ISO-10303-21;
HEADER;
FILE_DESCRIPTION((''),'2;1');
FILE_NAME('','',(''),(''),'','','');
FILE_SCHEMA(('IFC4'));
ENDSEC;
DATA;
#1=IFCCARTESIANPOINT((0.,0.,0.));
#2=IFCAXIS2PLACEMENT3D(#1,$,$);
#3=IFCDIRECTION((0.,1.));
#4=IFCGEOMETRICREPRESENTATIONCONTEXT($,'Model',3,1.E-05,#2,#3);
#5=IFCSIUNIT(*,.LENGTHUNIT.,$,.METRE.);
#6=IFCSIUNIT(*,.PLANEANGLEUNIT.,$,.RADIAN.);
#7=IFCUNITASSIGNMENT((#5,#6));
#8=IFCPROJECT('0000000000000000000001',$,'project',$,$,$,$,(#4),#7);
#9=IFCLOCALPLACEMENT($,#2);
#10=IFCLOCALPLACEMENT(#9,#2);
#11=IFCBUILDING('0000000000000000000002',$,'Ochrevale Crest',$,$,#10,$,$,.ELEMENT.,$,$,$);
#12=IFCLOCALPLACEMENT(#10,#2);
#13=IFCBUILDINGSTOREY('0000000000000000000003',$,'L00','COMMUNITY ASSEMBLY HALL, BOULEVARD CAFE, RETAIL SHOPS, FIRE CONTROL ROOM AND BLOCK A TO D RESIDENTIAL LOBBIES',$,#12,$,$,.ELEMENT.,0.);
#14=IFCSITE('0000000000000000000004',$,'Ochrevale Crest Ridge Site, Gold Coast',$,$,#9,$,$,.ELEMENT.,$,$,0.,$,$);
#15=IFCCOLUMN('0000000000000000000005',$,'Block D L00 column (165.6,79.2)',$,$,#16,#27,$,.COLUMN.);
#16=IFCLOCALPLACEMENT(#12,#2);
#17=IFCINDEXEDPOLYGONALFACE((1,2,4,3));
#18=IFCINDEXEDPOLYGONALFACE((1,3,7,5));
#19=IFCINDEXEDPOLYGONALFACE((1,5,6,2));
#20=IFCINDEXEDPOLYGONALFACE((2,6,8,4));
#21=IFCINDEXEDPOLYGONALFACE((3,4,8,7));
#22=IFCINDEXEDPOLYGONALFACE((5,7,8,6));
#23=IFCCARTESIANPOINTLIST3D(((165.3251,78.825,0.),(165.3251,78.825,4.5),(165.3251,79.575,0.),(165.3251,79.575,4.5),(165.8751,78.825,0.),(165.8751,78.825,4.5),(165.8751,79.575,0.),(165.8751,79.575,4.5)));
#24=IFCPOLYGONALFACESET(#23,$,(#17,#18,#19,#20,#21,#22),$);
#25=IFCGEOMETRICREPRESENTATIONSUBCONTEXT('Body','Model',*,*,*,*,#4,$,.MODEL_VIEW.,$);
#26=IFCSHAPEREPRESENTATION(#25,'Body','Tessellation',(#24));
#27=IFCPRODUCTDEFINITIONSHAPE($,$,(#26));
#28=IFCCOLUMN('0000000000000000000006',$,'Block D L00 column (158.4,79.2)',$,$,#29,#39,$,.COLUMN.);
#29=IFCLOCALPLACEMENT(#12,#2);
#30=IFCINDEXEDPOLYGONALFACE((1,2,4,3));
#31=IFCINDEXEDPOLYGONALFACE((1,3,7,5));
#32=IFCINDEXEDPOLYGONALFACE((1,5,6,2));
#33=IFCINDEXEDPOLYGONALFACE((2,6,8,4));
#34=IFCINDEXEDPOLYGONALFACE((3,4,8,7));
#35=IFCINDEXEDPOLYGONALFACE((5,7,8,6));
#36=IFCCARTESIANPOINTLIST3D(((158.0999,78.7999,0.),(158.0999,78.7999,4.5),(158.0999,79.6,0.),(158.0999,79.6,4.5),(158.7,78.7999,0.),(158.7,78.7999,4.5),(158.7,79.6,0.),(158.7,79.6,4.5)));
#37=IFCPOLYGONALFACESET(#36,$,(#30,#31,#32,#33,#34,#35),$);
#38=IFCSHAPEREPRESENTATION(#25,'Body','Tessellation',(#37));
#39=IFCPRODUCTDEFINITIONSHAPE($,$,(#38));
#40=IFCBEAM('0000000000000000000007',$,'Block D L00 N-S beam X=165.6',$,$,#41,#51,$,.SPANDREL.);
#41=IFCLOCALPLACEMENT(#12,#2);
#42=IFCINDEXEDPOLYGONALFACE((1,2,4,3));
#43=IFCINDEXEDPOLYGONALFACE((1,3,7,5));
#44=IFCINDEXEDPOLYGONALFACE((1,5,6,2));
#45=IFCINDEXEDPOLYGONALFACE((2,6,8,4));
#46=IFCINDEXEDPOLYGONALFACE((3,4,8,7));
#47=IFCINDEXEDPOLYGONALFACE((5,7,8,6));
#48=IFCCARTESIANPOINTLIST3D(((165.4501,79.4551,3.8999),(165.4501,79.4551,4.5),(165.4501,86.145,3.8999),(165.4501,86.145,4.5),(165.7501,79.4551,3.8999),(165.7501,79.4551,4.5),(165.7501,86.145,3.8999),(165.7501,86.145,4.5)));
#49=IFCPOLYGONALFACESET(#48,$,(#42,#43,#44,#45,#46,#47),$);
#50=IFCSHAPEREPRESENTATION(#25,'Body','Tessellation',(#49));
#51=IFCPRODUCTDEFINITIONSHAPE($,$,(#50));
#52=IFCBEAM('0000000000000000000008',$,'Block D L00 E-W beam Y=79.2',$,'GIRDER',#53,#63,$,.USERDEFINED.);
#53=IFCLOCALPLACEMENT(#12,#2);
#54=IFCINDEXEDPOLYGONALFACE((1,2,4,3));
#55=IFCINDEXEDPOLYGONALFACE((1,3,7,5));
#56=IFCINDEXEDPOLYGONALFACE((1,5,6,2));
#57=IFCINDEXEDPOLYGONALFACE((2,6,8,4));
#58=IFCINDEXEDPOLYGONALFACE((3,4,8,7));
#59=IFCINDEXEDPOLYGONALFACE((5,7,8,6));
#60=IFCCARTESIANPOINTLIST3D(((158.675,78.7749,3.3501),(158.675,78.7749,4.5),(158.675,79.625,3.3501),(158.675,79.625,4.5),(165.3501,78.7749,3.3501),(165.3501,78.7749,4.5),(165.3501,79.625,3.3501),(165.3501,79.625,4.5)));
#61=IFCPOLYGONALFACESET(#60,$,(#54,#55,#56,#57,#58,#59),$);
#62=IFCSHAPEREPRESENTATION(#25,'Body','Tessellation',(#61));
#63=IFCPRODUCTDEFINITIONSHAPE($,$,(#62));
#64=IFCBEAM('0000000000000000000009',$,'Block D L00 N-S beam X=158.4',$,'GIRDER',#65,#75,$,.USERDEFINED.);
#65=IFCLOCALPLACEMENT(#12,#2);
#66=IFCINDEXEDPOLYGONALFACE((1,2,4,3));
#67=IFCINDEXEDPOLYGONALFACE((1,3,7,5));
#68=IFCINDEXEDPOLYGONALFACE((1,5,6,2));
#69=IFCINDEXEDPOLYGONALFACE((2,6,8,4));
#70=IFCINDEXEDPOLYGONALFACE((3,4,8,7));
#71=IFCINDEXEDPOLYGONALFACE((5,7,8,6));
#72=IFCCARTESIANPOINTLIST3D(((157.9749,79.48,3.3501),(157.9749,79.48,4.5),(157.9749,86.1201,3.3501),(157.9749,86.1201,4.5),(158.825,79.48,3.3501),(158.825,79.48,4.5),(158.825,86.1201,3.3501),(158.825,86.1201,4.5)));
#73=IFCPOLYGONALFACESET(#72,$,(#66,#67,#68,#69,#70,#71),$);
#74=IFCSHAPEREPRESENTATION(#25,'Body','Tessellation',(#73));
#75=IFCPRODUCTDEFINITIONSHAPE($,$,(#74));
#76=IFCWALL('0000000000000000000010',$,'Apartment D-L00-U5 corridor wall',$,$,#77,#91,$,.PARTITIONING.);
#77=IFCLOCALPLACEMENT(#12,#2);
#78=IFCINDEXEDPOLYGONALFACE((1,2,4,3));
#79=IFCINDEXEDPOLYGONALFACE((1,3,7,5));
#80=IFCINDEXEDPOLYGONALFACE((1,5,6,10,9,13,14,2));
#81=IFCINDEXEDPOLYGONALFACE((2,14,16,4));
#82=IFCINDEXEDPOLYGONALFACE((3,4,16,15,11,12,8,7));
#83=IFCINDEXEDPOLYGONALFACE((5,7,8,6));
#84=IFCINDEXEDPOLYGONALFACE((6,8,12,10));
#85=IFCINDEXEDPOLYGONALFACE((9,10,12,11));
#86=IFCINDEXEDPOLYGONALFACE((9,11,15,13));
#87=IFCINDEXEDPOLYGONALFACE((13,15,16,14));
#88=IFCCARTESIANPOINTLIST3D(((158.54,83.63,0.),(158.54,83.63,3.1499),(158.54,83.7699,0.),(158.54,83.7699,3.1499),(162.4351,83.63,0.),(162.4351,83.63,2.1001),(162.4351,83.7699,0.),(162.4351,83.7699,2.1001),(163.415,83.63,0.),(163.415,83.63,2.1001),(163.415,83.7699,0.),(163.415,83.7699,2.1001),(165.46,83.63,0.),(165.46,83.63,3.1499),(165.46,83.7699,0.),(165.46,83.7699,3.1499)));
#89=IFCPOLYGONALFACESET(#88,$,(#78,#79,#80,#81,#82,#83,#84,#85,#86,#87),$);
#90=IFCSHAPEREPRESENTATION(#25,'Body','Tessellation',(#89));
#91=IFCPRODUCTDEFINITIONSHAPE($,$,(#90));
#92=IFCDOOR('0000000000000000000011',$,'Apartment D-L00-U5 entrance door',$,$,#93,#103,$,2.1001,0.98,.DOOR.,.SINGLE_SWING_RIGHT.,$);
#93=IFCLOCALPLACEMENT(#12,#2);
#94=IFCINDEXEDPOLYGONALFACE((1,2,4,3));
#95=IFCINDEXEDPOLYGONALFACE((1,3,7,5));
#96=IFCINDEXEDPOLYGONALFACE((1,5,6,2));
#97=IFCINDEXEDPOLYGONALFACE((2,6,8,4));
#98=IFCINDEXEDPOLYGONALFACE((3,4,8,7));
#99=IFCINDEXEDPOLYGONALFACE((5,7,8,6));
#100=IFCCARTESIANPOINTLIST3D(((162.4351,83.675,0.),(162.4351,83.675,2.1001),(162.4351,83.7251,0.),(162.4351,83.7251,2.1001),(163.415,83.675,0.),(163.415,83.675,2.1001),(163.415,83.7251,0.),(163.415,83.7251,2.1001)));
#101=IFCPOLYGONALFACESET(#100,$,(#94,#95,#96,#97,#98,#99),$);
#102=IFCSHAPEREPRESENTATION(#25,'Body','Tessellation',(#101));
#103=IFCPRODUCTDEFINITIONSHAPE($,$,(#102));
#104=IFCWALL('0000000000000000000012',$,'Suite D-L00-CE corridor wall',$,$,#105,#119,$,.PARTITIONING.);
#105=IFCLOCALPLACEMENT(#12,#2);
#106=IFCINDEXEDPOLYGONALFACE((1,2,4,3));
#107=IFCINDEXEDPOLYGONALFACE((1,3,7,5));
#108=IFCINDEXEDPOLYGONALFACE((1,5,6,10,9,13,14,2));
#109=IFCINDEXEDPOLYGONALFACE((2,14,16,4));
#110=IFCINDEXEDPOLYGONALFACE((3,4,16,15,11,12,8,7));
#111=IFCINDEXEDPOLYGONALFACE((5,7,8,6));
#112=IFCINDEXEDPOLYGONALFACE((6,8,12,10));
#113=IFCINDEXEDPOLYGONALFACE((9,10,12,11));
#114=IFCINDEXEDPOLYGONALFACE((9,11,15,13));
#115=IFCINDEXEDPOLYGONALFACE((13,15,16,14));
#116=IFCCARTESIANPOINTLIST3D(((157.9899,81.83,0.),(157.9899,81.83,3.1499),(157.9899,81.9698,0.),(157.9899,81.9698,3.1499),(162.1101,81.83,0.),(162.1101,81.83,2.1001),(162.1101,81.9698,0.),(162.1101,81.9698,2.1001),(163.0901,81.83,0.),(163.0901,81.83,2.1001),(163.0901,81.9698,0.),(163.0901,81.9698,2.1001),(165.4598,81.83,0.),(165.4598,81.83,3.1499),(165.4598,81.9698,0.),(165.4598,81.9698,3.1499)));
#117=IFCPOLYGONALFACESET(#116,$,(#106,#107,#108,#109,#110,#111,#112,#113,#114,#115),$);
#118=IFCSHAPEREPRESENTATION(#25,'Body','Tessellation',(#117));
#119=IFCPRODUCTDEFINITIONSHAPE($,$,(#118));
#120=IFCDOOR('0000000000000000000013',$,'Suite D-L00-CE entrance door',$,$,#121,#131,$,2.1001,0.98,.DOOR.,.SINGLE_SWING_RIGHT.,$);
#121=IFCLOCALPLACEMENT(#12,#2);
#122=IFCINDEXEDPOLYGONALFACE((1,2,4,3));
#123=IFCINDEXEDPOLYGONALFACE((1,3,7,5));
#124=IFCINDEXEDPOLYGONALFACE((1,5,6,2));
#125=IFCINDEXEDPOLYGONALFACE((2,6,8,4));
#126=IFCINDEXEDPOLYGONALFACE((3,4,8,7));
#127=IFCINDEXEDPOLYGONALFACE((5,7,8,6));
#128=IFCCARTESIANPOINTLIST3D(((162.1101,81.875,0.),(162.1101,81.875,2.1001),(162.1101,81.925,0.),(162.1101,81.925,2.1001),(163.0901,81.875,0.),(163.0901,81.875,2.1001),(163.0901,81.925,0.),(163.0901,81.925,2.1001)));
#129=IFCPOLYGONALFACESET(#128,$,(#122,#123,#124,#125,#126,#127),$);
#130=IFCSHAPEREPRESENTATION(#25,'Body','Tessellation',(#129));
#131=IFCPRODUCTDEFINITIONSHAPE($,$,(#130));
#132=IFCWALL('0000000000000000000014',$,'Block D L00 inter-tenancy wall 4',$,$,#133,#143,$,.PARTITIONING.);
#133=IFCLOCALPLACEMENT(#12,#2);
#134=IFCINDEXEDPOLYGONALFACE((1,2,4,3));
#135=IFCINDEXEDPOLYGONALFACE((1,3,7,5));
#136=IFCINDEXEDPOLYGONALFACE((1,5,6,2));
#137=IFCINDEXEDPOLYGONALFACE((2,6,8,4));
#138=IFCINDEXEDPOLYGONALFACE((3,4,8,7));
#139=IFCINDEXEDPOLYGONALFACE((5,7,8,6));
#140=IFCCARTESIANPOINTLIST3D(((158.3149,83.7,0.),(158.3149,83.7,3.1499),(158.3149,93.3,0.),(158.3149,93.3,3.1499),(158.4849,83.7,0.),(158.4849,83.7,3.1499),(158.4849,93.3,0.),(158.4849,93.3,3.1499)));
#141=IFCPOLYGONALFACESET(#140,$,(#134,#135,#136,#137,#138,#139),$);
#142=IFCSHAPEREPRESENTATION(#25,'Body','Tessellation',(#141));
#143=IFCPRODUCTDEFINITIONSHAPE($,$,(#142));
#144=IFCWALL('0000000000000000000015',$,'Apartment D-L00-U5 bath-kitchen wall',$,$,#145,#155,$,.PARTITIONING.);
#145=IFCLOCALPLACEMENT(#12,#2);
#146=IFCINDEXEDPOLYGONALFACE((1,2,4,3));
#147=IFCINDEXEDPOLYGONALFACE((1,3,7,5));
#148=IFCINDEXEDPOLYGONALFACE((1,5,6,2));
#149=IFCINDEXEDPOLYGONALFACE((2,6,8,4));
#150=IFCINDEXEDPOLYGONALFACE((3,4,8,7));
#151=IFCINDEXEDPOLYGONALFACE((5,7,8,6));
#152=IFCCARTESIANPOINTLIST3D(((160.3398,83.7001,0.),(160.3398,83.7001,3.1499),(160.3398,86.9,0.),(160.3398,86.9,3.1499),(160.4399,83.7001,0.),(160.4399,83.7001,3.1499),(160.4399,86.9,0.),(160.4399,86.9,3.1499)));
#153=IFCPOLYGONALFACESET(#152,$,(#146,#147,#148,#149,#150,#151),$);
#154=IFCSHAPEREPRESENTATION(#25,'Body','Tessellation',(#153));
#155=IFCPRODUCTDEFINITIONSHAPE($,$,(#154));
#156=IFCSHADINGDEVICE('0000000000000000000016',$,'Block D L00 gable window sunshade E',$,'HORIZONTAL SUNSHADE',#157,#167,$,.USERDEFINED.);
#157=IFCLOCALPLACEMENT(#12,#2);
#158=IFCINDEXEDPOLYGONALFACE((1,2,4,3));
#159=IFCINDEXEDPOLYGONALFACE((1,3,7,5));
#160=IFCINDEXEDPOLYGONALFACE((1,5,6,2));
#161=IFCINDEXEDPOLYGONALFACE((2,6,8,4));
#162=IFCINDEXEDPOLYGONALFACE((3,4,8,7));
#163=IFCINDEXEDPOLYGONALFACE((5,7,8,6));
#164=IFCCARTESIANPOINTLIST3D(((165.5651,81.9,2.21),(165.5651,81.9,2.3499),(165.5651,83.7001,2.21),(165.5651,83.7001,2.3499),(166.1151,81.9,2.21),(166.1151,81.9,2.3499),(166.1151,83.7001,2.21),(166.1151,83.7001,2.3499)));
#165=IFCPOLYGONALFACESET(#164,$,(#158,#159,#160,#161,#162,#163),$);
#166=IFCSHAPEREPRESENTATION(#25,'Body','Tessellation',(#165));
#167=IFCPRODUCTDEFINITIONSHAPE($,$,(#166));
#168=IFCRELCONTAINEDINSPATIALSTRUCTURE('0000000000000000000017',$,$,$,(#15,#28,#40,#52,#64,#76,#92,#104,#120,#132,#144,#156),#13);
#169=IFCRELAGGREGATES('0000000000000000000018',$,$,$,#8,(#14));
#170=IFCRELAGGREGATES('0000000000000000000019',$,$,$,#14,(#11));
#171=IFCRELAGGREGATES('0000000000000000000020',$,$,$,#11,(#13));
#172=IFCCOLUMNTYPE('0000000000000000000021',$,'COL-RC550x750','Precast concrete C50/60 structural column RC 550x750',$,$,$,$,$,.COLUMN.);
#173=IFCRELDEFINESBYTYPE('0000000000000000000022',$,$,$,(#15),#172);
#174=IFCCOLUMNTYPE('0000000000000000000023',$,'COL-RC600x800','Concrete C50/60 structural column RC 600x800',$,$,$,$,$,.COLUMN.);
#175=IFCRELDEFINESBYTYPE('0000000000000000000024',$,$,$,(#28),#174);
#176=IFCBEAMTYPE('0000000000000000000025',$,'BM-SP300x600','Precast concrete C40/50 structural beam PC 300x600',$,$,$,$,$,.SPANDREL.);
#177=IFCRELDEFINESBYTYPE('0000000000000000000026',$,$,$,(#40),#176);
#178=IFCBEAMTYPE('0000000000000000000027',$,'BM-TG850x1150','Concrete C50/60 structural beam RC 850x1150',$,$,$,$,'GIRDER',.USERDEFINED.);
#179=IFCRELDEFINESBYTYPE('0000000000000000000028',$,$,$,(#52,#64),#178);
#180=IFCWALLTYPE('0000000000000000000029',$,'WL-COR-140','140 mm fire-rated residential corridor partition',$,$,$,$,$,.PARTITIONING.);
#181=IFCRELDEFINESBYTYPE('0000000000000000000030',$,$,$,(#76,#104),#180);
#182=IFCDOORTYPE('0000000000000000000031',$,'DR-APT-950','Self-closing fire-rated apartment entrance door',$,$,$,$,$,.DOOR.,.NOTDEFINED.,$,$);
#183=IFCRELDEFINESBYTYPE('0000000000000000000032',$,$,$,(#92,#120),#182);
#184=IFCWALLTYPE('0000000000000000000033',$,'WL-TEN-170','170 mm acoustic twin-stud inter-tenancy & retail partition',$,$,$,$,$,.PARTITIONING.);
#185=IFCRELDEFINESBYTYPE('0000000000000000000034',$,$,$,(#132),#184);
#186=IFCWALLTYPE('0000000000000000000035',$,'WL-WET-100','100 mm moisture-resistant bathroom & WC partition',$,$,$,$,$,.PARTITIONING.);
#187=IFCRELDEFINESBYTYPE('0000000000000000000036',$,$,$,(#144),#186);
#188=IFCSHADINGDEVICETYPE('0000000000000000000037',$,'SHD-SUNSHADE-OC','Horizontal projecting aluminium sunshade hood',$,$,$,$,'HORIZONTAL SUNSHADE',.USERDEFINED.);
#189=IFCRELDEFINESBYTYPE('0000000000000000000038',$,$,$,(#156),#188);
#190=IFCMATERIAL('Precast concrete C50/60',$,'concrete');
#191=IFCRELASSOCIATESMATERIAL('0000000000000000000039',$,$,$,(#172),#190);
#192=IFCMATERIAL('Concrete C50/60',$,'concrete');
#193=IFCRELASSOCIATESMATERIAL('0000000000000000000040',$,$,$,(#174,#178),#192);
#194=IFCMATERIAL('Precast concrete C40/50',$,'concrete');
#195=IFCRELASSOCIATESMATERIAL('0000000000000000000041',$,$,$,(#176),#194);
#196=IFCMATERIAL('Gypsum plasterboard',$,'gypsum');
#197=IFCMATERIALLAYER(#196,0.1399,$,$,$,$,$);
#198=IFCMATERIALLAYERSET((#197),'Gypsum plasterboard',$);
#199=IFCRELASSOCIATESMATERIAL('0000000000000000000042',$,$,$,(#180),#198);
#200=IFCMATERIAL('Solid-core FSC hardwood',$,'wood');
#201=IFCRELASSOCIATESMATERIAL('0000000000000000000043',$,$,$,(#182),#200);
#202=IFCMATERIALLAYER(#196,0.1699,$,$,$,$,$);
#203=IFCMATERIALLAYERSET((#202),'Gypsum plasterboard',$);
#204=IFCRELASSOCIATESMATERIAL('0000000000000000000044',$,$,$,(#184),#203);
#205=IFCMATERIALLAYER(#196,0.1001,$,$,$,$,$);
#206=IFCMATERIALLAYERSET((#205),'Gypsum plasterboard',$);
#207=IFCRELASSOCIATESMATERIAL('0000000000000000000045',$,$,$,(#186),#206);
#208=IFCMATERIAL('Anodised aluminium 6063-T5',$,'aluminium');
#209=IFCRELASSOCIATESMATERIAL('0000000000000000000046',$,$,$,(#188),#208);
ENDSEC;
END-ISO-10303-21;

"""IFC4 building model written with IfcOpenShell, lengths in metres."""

from ifc_helpers import new_model, si_unit, direction, frame, frame_2d, origin, origin_2d, place, context, subcontext, project, spatial, rectangle, extrude, material, layer, layer_set, material_profile, profile_set, type_object, element, fill, save


model = new_model("IFC4")

# Units and contexts
model_context = context("Model", 3, precision=1e-05, world=origin(), true_north=direction((0.0, 1.0)))
body_context = subcontext(model_context, "Body", "Model", "MODEL_VIEW")
ifc_project = project(units=[si_unit("LENGTHUNIT", "METRE"), si_unit("PLANEANGLEUNIT", "RADIAN")], contexts=[model_context])

# Site, building, storey
site_placement = place(None, origin())
site = spatial("IfcSite", under=ifc_project, at=site_placement, Name="Ochrevale Crest Ridge Site, Gold Coast", CompositionType="ELEMENT", RefElevation=0.0)
building_placement = place(site_placement, origin())
building = spatial("IfcBuilding", under=site, at=building_placement, Name="Ochrevale Crest", CompositionType="ELEMENT")
storey_placement = place(building_placement, origin())
storey = spatial("IfcBuildingStorey", under=building, at=storey_placement, Name="L00", Description="COMMUNITY ASSEMBLY HALL, BOULEVARD CAFE, RETAIL SHOPS, FIRE CONTROL ROOM AND BLOCK A TO D RESIDENTIAL LOBBIES", CompositionType="ELEMENT", Elevation=0.0)

# Columns
ifc_material_1 = material(Name="Precast concrete C50/60", Category="concrete")
ifc_material_profile_1 = material_profile(ifc_material_1, rectangle(XDim=0.55, YDim=0.75, at=origin_2d()), Name="RC 550x750")
ifc_profile_set_1 = profile_set([ifc_material_profile_1], Name="Precast concrete C50/60")
column_type_1 = type_object("IfcColumnType", Name="COL-RC550x750", Description="Precast concrete C50/60 structural column RC 550x750", PredefinedType="COLUMN", material=ifc_profile_set_1)
column_1_placement = place(storey_placement, frame((165.6001, 79.2, 0.0), z_axis=(0.0, 0.0, 1.0), x_axis=(1.0, 0.0, 0.0)))
element("IfcColumn", 1, at=column_1_placement, inside=storey, type_object=column_type_1, Name="Block D L00 column (165.6,79.2)", PredefinedType="COLUMN", context=body_context, shape_type="SweptSolid", body=[
    extrude(rectangle(XDim=0.55, YDim=0.75, at=origin_2d()), origin(), (0.0, 0.0, 1.0), 4.5),
])
ifc_material_2 = material(Name="Concrete C50/60", Category="concrete")
ifc_material_profile_2 = material_profile(ifc_material_2, rectangle(XDim=0.6001, YDim=0.8, at=origin_2d()), Name="RC 600x800")
ifc_profile_set_2 = profile_set([ifc_material_profile_2], Name="Concrete C50/60")
column_type_2 = type_object("IfcColumnType", Name="COL-RC600x800", Description="Concrete C50/60 structural column RC 600x800", PredefinedType="COLUMN", material=ifc_profile_set_2)
column_2_placement = place(storey_placement, frame((158.3999, 79.2, 0.0), z_axis=(0.0, 0.0, 1.0), x_axis=(1.0, 0.0, 0.0)))
element("IfcColumn", 2, at=column_2_placement, inside=storey, type_object=column_type_2, Name="Block D L00 column (158.4,79.2)", PredefinedType="COLUMN", context=body_context, shape_type="SweptSolid", body=[
    extrude(rectangle(XDim=0.6001, YDim=0.8, at=origin_2d()), origin(), (0.0, 0.0, 1.0), 4.5),
])

# Beams
ifc_material_3 = material(Name="Precast concrete C40/50", Category="concrete")
ifc_material_profile_3 = material_profile(ifc_material_3, rectangle(XDim=0.3, YDim=0.6001, at=origin_2d()), Name="PC 300x600")
ifc_profile_set_3 = profile_set([ifc_material_profile_3], Name="Precast concrete C40/50")
beam_type_1 = type_object("IfcBeamType", Name="BM-SP300x600", Description="Precast concrete C40/50 structural beam PC 300x600", PredefinedType="SPANDREL", material=ifc_profile_set_3)
beam_1_placement = place(storey_placement, frame((165.6001, 79.4551, 4.2), z_axis=(0.0, 1.0, 0.0), x_axis=(-1.0, 0.0, 0.0)))
element("IfcBeam", 3, at=beam_1_placement, inside=storey, type_object=beam_type_1, Name="Block D L00 N-S beam X=165.6", PredefinedType="SPANDREL", context=body_context, shape_type="SweptSolid", body=[
    extrude(rectangle(XDim=0.3, YDim=0.6001, at=origin_2d()), origin(), (0.0, 0.0, 1.0), 6.6899),
])
ifc_material_profile_4 = material_profile(ifc_material_2, rectangle(XDim=0.8501, YDim=1.1499, at=origin_2d()), Name="RC 850x1150")
ifc_profile_set_4 = profile_set([ifc_material_profile_4], Name="Concrete C50/60")
beam_type_2 = type_object("IfcBeamType", Name="BM-TG850x1150", Description="Concrete C50/60 structural beam RC 850x1150", ElementType="GIRDER", PredefinedType="USERDEFINED", material=ifc_profile_set_4)
beam_2_placement = place(storey_placement, frame((158.675, 79.2, 3.925), z_axis=(1.0, 0.0, 0.0), x_axis=(0.0, 1.0, 0.0)))
element("IfcBeam", 4, at=beam_2_placement, inside=storey, type_object=beam_type_2, Name="Block D L00 E-W beam Y=79.2", ObjectType="GIRDER", PredefinedType="USERDEFINED", context=body_context, shape_type="SweptSolid", body=[
    extrude(rectangle(XDim=0.8501, YDim=1.1499, at=origin_2d()), origin(), (0.0, 0.0, 1.0), 6.675),
])
beam_3_placement = place(storey_placement, frame((158.3999, 79.48, 3.925), z_axis=(0.0, 1.0, 0.0), x_axis=(-1.0, 0.0, 0.0)))
element("IfcBeam", 5, at=beam_3_placement, inside=storey, type_object=beam_type_2, Name="Block D L00 N-S beam X=158.4", ObjectType="GIRDER", PredefinedType="USERDEFINED", context=body_context, shape_type="SweptSolid", body=[
    extrude(rectangle(XDim=0.8501, YDim=1.1499, at=origin_2d()), origin(), (0.0, 0.0, 1.0), 6.6401),
])

# Walls, openings, doors
ifc_material_4 = material(Name="Gypsum plasterboard", Category="gypsum")
ifc_layer_1 = layer(ifc_material_4, 0.1399)
ifc_layer_set_1 = layer_set([ifc_layer_1], Name="Gypsum plasterboard")
wall_type_1 = type_object("IfcWallType", Name="WL-COR-140", Description="140 mm fire-rated residential corridor partition", PredefinedType="PARTITIONING", material=ifc_layer_set_1)
wall_1_placement = place(storey_placement, frame((158.54, 83.7, 0.0), z_axis=(0.0, 0.0, 1.0), x_axis=(1.0, 0.0, 0.0)))
wall_1 = element("IfcWall", 6, at=wall_1_placement, inside=storey, type_object=wall_type_1, Name="Apartment D-L00-U5 corridor wall", PredefinedType="PARTITIONING", context=body_context, shape_type="SweptSolid", body=[
    extrude(rectangle(XDim=6.9199, YDim=0.1399, at=frame_2d((3.46, 0.0))), origin(), (0.0, 0.0, 1.0), 3.1499),
])
opening_1_placement = place(wall_1_placement, frame((4.875, 0.0, 0.0), z_axis=(0.0, 0.0, 1.0), x_axis=(-1.0, 0.0, 0.0)))
opening_1 = element("IfcOpeningElement", 7, at=opening_1_placement, cuts=wall_1, PredefinedType="OPENING", context=body_context, shape_type="SweptSolid", body=[
    extrude(rectangle(XDim=0.98, YDim=2.1001, at=frame_2d((0.49, 1.05))), frame((0.0, 0.0801, 0.0), z_axis=(0.0, -1.0, 0.0), x_axis=(1.0, 0.0, 0.0)), (0.0, 0.0, 1.0), 0.1599),
])
ifc_material_5 = material(Name="Solid-core FSC hardwood", Category="wood")
door_type = type_object("IfcDoorType", Name="DR-APT-950", Description="Self-closing fire-rated apartment entrance door", OperationType="NOTDEFINED", PredefinedType="DOOR", material=ifc_material_5)
door_1_placement = place(opening_1_placement, origin())
door_1 = element("IfcDoor", 8, at=door_1_placement, inside=storey, type_object=door_type, Name="Apartment D-L00-U5 entrance door", OperationType="SINGLE_SWING_RIGHT", OverallHeight=2.1001, OverallWidth=0.98, PredefinedType="DOOR", context=body_context, shape_type="SweptSolid", body=[
    extrude(rectangle(XDim=0.98, YDim=2.1001, at=frame_2d((0.49, 1.05))), frame((0.0, 0.0249, 0.0), z_axis=(0.0, -1.0, 0.0), x_axis=(1.0, 0.0, 0.0)), (0.0, 0.0, 1.0), 0.05),
])
fill(opening_1, door_1)
wall_2_placement = place(storey_placement, frame((157.99, 81.8999, 0.0), z_axis=(0.0, 0.0, 1.0), x_axis=(1.0, 0.0, 0.0)))
wall_2 = element("IfcWall", 9, at=wall_2_placement, inside=storey, type_object=wall_type_1, Name="Suite D-L00-CE corridor wall", PredefinedType="PARTITIONING", context=body_context, shape_type="SweptSolid", body=[
    extrude(rectangle(XDim=7.47, YDim=0.1399, at=frame_2d((3.7349, 0.0))), origin(), (0.0, 0.0, 1.0), 3.1499),
])
opening_2_placement = place(wall_2_placement, frame((5.1001, 0.0, 0.0), z_axis=(0.0, 0.0, 1.0), x_axis=(-1.0, 0.0, 0.0)))
opening_2 = element("IfcOpeningElement", 10, at=opening_2_placement, cuts=wall_2, PredefinedType="OPENING", context=body_context, shape_type="SweptSolid", body=[
    extrude(rectangle(XDim=0.98, YDim=2.1001, at=frame_2d((0.49, 1.05))), frame((0.0, 0.0801, 0.0), z_axis=(0.0, -1.0, 0.0), x_axis=(1.0, 0.0, 0.0)), (0.0, 0.0, 1.0), 0.1599),
])
door_2_placement = place(opening_2_placement, origin())
door_2 = element("IfcDoor", 11, at=door_2_placement, inside=storey, type_object=door_type, Name="Suite D-L00-CE entrance door", OperationType="SINGLE_SWING_RIGHT", OverallHeight=2.1001, OverallWidth=0.98, PredefinedType="DOOR", context=body_context, shape_type="SweptSolid", body=[
    extrude(rectangle(XDim=0.98, YDim=2.1001, at=frame_2d((0.49, 1.05))), frame((0.0, 0.0249, 0.0), z_axis=(0.0, -1.0, 0.0), x_axis=(1.0, 0.0, 0.0)), (0.0, 0.0, 1.0), 0.05),
])
fill(opening_2, door_2)

# Walls
ifc_layer_2 = layer(ifc_material_4, 0.1699)
ifc_layer_set_2 = layer_set([ifc_layer_2], Name="Gypsum plasterboard")
wall_type_2 = type_object("IfcWallType", Name="WL-TEN-170", Description="170 mm acoustic twin-stud inter-tenancy & retail partition", PredefinedType="PARTITIONING", material=ifc_layer_set_2)
wall_3_placement = place(storey_placement, frame((158.3999, 83.7, 0.0), z_axis=(0.0, 0.0, 1.0), x_axis=(0.0, 1.0, 0.0)))
element("IfcWall", 12, at=wall_3_placement, inside=storey, type_object=wall_type_2, Name="Block D L00 inter-tenancy wall 4", PredefinedType="PARTITIONING", context=body_context, shape_type="SweptSolid", body=[
    extrude(rectangle(XDim=9.6001, YDim=0.1699, at=frame_2d((4.8, 0.0))), origin(), (0.0, 0.0, 1.0), 3.1499),
])
ifc_layer_3 = layer(ifc_material_4, 0.1001)
ifc_layer_set_3 = layer_set([ifc_layer_3], Name="Gypsum plasterboard")
wall_type_3 = type_object("IfcWallType", Name="WL-WET-100", Description="100 mm moisture-resistant bathroom & WC partition", PredefinedType="PARTITIONING", material=ifc_layer_set_3)
wall_4_placement = place(storey_placement, frame((160.3899, 83.7, 0.0), z_axis=(0.0, 0.0, 1.0), x_axis=(0.0, 1.0, 0.0)))
element("IfcWall", 13, at=wall_4_placement, inside=storey, type_object=wall_type_3, Name="Apartment D-L00-U5 bath-kitchen wall", PredefinedType="PARTITIONING", context=body_context, shape_type="SweptSolid", body=[
    extrude(rectangle(XDim=3.2, YDim=0.1001, at=frame_2d((1.6001, 0.0))), origin(), (0.0, 0.0, 1.0), 3.1499),
])

# Shading device
ifc_material_6 = material(Name="Anodised aluminium 6063-T5", Category="aluminium")
shading_device_type = type_object("IfcShadingDeviceType", Name="SHD-SUNSHADE-OC", Description="Horizontal projecting aluminium sunshade hood", ElementType="HORIZONTAL SUNSHADE", PredefinedType="USERDEFINED", material=ifc_material_6)
shading_device_placement = place(storey_placement, frame((165.8401, 82.8, 2.21), z_axis=(0.0, 0.0, 1.0), x_axis=(1.0, 0.0, 0.0)))
element("IfcShadingDevice", 14, at=shading_device_placement, inside=storey, type_object=shading_device_type, Name="Block D L00 gable window sunshade E", ObjectType="HORIZONTAL SUNSHADE", PredefinedType="USERDEFINED", context=body_context, shape_type="SweptSolid", body=[
    extrude(rectangle(XDim=0.55, YDim=1.8, at=origin_2d()), origin(), (0.0, 0.0, 1.0), 0.1399),
])

save(model, "model.ifc")
